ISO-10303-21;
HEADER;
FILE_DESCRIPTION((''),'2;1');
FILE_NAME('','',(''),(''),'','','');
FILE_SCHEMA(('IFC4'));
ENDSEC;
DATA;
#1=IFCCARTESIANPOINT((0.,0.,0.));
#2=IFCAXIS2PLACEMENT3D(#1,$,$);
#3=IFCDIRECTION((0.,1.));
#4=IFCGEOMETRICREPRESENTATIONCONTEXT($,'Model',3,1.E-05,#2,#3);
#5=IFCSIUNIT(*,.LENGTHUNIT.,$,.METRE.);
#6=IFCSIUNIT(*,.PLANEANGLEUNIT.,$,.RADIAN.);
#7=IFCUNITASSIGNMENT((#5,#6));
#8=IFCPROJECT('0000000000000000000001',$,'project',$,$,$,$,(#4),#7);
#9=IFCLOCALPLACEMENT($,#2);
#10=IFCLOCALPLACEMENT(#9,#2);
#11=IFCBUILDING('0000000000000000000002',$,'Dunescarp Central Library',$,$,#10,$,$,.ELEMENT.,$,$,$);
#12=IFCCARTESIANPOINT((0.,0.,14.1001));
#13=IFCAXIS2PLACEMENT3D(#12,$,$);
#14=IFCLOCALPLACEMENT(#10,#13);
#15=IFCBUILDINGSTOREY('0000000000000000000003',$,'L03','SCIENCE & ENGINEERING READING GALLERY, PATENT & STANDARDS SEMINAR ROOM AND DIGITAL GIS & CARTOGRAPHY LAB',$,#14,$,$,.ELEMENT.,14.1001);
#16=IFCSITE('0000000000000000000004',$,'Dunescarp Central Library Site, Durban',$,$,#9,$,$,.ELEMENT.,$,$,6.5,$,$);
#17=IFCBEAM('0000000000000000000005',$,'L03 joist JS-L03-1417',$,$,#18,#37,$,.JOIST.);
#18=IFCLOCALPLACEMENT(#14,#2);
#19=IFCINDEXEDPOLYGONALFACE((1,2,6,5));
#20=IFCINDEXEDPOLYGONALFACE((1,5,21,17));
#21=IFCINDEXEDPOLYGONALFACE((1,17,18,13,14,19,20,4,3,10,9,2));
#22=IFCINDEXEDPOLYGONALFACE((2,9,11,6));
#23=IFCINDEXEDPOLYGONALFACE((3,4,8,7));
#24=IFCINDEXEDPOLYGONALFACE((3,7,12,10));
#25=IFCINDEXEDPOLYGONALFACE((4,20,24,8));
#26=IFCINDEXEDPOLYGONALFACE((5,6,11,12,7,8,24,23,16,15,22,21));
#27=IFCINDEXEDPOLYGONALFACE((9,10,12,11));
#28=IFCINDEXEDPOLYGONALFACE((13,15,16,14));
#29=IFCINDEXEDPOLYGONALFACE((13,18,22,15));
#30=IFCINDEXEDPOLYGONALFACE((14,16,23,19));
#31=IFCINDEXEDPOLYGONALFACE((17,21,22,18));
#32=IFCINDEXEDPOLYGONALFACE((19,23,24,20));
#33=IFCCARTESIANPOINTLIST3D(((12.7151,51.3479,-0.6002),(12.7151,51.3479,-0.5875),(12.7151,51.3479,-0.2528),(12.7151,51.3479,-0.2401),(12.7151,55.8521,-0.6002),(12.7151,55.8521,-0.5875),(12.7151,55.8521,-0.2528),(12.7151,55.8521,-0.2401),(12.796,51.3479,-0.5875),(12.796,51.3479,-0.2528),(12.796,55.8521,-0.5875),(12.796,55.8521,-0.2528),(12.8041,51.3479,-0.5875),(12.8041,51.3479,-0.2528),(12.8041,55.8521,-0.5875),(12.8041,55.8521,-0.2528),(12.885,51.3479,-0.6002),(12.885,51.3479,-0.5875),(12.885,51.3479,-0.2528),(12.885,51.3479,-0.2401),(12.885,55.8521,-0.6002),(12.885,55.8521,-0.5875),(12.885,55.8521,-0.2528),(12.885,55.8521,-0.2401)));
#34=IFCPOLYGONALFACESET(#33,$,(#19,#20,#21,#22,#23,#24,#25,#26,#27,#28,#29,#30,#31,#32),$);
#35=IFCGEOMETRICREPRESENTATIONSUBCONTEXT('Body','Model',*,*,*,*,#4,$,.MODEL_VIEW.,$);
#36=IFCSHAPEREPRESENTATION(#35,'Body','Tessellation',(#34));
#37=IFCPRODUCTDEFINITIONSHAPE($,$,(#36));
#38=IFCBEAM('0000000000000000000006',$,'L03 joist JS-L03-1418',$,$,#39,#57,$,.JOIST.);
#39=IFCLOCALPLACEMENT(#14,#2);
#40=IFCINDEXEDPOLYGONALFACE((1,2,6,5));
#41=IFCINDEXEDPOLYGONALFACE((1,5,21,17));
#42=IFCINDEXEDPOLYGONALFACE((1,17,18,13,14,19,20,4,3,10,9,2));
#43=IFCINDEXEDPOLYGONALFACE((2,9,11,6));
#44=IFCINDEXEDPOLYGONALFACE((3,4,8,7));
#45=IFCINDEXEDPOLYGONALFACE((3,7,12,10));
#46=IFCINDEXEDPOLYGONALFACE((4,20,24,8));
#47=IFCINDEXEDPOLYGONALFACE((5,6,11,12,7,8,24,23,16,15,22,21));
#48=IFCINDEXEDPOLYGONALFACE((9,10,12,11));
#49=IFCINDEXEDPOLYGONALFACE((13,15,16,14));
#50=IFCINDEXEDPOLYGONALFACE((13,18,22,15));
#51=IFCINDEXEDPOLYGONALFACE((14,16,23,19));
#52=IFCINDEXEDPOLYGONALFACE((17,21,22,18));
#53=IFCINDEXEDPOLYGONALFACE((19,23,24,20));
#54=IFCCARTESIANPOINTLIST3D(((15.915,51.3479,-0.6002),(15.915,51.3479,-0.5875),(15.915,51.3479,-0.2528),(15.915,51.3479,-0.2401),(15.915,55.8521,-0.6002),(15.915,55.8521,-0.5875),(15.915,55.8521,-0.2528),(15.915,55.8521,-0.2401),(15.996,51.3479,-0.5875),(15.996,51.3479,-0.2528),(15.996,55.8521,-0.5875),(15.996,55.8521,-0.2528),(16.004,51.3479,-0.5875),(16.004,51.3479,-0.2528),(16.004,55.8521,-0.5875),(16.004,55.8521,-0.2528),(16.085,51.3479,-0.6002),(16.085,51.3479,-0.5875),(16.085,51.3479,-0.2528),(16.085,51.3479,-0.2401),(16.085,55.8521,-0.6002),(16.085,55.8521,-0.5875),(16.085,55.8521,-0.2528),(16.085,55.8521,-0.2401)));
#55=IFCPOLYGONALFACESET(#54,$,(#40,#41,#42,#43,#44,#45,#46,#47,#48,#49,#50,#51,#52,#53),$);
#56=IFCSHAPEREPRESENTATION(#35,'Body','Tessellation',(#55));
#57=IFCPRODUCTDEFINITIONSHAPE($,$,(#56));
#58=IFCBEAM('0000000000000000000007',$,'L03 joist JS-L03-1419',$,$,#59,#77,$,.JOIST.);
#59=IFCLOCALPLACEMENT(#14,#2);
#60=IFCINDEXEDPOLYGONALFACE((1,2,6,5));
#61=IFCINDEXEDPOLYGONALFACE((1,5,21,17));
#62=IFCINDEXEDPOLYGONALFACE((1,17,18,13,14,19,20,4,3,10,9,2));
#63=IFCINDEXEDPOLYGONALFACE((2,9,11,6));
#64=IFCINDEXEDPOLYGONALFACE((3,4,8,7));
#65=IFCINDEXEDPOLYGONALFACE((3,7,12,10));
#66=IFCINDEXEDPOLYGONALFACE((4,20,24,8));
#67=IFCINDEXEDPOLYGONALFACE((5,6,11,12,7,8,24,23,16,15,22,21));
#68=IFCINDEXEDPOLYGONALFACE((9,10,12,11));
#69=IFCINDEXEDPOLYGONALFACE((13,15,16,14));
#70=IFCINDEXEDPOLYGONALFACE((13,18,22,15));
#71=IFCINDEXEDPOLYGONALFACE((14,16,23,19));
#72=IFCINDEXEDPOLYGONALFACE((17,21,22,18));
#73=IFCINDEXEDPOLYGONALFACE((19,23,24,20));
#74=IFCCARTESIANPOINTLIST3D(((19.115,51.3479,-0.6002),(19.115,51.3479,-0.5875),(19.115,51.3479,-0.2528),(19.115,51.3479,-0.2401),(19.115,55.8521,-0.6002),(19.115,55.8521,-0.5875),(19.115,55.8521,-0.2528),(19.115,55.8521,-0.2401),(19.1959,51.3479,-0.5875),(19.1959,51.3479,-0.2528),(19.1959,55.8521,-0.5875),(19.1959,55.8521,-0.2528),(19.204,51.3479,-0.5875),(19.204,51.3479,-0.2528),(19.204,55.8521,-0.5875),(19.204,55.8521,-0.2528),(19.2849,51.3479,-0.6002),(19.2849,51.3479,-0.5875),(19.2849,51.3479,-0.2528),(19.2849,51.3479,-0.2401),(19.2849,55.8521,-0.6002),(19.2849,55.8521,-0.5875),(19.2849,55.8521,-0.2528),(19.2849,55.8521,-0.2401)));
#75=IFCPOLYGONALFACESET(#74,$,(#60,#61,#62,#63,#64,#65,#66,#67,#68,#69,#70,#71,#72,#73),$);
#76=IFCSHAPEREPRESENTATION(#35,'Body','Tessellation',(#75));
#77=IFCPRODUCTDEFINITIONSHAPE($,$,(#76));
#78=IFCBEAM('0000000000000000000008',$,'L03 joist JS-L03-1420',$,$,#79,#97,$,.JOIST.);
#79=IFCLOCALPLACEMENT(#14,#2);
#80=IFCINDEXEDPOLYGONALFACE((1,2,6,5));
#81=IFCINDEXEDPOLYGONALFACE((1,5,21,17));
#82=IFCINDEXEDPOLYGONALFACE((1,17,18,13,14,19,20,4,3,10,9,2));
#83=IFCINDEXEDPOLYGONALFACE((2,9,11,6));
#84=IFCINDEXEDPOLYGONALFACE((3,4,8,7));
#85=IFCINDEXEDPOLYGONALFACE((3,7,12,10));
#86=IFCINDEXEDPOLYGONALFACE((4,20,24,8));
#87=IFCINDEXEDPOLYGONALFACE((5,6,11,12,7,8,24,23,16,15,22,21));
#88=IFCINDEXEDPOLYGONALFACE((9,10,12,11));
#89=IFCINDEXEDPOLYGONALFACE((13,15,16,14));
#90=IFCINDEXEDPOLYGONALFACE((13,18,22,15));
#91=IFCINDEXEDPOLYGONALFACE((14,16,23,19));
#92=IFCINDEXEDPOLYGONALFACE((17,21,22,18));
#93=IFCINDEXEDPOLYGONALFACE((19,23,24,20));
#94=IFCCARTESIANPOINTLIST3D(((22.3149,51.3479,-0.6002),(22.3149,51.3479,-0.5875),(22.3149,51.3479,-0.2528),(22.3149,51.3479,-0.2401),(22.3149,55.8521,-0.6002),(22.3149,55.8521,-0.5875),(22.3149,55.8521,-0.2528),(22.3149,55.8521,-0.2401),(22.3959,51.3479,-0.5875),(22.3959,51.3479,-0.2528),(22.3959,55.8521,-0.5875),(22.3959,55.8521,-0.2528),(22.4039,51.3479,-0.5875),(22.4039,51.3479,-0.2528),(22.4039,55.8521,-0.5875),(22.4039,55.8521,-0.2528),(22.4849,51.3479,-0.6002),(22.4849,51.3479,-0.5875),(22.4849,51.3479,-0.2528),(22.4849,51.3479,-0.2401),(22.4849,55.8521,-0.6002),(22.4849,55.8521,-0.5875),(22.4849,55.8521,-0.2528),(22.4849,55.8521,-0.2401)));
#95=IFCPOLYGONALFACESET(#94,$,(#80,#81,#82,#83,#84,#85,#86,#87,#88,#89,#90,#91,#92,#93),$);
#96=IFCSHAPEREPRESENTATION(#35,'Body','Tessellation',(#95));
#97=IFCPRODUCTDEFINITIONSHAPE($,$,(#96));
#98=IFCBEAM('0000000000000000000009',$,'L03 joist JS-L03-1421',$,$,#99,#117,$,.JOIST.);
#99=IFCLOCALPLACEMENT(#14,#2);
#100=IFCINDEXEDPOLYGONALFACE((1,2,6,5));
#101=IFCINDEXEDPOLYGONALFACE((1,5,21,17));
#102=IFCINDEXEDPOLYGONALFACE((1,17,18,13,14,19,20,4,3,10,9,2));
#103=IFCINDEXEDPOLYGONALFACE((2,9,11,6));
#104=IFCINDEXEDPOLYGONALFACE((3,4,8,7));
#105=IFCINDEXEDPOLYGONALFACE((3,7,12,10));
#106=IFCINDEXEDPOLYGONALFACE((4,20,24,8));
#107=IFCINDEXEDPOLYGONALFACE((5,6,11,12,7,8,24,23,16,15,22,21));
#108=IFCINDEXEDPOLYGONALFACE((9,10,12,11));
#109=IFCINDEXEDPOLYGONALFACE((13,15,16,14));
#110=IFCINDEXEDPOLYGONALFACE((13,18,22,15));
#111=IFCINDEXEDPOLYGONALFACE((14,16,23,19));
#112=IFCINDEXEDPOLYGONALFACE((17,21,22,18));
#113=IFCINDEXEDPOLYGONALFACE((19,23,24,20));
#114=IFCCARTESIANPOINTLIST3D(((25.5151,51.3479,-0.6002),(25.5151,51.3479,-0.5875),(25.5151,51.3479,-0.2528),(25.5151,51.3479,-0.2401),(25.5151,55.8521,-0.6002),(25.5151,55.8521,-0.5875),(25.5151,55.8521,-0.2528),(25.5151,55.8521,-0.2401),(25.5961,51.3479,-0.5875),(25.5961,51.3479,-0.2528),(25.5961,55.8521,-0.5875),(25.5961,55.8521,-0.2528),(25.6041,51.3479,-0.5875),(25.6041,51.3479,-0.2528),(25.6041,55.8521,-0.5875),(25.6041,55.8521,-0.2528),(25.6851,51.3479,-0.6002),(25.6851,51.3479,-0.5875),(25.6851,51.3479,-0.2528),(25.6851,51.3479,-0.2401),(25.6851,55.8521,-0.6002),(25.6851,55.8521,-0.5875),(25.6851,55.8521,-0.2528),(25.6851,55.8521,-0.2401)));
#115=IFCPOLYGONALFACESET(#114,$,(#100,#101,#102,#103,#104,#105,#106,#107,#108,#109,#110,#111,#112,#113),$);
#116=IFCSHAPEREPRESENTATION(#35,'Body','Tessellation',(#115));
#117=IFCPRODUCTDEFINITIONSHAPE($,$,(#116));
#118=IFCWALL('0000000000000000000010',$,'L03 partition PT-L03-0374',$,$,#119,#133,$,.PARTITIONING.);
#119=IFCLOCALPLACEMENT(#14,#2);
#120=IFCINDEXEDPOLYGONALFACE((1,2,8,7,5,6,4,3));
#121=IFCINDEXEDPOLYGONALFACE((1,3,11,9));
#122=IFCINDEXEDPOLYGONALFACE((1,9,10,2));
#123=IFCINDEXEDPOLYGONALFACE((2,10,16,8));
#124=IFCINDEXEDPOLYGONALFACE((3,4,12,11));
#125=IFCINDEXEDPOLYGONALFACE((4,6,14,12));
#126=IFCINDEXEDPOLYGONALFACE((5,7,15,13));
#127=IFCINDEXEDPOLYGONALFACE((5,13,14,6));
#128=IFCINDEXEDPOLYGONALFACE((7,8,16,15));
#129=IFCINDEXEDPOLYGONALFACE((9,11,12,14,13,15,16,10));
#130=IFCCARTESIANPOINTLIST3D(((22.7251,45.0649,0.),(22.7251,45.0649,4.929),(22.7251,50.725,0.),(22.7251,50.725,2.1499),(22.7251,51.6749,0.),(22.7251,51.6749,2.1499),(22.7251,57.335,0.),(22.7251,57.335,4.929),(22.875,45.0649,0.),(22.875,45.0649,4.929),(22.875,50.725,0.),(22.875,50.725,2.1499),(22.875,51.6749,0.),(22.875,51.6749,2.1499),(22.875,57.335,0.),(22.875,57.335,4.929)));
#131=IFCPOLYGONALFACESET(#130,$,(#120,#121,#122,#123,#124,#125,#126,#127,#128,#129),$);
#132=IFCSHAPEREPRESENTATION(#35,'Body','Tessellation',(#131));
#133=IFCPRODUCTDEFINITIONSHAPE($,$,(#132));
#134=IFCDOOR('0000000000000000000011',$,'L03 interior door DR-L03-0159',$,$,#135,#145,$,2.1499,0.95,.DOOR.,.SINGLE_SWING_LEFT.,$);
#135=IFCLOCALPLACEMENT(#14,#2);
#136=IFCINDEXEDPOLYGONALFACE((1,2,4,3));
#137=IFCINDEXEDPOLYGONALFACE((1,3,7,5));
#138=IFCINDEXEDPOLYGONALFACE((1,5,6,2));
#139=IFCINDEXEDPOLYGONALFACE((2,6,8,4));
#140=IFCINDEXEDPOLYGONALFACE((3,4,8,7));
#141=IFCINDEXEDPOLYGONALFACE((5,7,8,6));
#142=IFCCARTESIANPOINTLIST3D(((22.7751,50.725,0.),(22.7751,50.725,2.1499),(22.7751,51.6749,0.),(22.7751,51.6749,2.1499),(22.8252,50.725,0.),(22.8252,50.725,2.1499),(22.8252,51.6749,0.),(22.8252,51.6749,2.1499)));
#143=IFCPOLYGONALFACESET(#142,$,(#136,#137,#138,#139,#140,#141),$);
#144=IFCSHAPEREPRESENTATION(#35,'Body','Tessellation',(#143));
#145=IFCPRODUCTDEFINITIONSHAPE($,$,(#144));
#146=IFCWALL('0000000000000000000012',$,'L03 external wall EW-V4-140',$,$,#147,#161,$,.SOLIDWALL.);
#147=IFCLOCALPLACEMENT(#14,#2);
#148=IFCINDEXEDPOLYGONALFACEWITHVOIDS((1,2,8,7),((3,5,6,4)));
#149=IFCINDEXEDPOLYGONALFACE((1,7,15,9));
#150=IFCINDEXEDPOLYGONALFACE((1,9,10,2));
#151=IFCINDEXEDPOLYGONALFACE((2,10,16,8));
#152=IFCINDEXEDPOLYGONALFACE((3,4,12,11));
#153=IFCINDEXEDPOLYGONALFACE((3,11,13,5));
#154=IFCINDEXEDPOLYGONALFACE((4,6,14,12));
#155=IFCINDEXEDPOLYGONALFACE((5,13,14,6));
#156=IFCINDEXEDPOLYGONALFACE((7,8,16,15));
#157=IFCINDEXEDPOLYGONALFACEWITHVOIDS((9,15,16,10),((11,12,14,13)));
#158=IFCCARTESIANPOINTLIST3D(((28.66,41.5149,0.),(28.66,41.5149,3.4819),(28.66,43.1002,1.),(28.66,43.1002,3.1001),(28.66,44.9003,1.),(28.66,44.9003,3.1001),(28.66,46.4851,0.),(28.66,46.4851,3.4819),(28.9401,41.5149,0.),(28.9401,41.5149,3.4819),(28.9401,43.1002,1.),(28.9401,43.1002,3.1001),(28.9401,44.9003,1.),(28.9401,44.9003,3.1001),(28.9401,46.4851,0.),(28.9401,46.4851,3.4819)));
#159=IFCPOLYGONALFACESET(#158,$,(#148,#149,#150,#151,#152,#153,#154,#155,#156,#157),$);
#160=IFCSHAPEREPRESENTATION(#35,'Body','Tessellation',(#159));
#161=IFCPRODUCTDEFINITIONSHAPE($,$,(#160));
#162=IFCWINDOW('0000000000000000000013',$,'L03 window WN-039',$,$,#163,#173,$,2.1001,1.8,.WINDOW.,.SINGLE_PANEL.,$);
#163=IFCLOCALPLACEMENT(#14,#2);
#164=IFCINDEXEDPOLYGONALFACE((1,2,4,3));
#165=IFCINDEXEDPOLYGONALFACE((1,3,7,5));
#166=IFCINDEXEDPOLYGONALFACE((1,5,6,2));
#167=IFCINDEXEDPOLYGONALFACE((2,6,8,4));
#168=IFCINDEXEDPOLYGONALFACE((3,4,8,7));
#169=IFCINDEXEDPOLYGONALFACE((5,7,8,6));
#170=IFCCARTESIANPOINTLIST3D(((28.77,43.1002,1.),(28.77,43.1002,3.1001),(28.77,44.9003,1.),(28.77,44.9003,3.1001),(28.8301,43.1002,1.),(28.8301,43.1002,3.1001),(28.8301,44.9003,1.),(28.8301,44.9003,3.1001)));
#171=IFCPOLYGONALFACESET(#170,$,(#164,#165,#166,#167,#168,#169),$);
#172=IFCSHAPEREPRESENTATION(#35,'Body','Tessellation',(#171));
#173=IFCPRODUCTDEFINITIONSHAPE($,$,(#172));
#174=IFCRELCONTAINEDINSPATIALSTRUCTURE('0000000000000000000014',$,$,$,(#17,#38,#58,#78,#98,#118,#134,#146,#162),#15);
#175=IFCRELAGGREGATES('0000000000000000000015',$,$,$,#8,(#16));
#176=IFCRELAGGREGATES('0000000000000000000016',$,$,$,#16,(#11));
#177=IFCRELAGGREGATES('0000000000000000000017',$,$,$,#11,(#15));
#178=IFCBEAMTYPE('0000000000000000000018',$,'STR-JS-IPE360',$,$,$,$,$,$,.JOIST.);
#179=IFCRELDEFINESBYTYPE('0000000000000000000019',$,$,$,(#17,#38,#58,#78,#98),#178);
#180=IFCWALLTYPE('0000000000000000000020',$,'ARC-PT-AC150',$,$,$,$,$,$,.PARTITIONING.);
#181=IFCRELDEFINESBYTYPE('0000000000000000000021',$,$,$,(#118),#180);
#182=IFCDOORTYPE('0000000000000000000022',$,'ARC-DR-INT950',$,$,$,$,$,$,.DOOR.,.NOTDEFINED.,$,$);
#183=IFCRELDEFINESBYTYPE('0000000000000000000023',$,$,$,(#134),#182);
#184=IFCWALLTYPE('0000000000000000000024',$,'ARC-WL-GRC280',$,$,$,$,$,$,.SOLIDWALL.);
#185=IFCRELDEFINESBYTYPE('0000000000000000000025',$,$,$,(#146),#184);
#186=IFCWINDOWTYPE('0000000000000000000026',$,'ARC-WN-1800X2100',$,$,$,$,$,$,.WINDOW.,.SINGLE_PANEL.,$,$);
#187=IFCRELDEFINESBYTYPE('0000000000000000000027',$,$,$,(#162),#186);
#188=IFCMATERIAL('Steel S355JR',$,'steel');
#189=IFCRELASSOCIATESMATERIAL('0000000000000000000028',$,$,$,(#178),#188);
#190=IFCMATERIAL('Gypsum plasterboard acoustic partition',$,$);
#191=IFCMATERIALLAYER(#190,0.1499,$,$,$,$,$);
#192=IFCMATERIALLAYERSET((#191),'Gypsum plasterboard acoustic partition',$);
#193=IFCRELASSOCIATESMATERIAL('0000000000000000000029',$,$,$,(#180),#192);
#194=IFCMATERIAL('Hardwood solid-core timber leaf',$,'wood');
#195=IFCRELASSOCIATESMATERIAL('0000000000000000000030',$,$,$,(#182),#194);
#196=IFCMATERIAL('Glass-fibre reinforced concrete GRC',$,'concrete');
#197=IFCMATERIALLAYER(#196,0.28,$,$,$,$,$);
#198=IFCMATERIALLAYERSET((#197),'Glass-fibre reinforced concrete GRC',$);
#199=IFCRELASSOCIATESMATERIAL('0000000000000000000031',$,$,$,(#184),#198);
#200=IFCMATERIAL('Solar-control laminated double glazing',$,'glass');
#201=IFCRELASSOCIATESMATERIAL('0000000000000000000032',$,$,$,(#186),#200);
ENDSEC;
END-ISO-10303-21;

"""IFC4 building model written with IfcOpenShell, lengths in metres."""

from ifc_helpers import new_model, si_unit, direction, frame, frame_2d, origin, origin_2d, place, context, subcontext, project, spatial, rectangle, i_section, extrude, material, layer, layer_set, material_profile, profile_set, type_object, element, fill, save


model = new_model("IFC4")

# Units and contexts
model_context = context("Model", 3, precision=1e-05, world=origin(), true_north=direction((0.0, 1.0)))
body_context = subcontext(model_context, "Body", "Model", "MODEL_VIEW")
ifc_project = project(units=[si_unit("LENGTHUNIT", "METRE"), si_unit("PLANEANGLEUNIT", "RADIAN")], contexts=[model_context])

# Site, building, storey
site_placement = place(None, origin())
site = spatial("IfcSite", under=ifc_project, at=site_placement, Name="Dunescarp Central Library Site, Durban", CompositionType="ELEMENT", RefElevation=6.5)
building_placement = place(site_placement, origin())
building = spatial("IfcBuilding", under=site, at=building_placement, Name="Dunescarp Central Library", CompositionType="ELEMENT")
storey_placement = place(building_placement, frame((0.0, 0.0, 14.1001)))
storey = spatial("IfcBuildingStorey", under=building, at=storey_placement, Name="L03", Description="SCIENCE & ENGINEERING READING GALLERY, PATENT & STANDARDS SEMINAR ROOM AND DIGITAL GIS & CARTOGRAPHY LAB", CompositionType="ELEMENT", Elevation=14.1001)

# Shared definitions
ifc_material_1 = material(Name="Steel S355JR", Category="steel")

# Beams
ifc_material_profile_1 = material_profile(ifc_material_1, i_section(OverallWidth=0.1699, OverallDepth=0.3601, WebThickness=0.0081, FlangeThickness=0.0127, at=origin_2d()), Name="IPE 360")
ifc_profile_set_1 = profile_set([ifc_material_profile_1], Name="Steel S355JR")
beam_type_1 = type_object("IfcBeamType", Name="STR-JS-IPE360", PredefinedType="JOIST", material=ifc_profile_set_1)
for number, where, z_axis, x_axis, name in (
    (1, (12.8, 51.3479, -0.4202), (0.0, 1.0, 0.0), (-1.0, 0.0, 0.0), "L03 joist JS-L03-1417"),
    (2, (16.0, 51.3479, -0.4202), (0.0, 1.0, 0.0), (-1.0, 0.0, 0.0), "L03 joist JS-L03-1418"),
    (3, (19.2, 51.3479, -0.4202), (0.0, 1.0, 0.0), (-1.0, 0.0, 0.0), "L03 joist JS-L03-1419"),
    (4, (22.3999, 51.3479, -0.4202), (0.0, 1.0, 0.0), (-1.0, 0.0, 0.0), "L03 joist JS-L03-1420"),
    (5, (25.6001, 51.3479, -0.4202), (0.0, 1.0, 0.0), (-1.0, 0.0, 0.0), "L03 joist JS-L03-1421"),
):
    element("IfcBeam", number, at=place(storey_placement, frame(where, z_axis=z_axis, x_axis=x_axis)), inside=storey, type_object=beam_type_1, Name=name, PredefinedType="JOIST", context=body_context, shape_type="SweptSolid", body=[
        extrude(i_section(OverallWidth=0.1699, OverallDepth=0.3601, WebThickness=0.0081, FlangeThickness=0.0127, at=origin_2d()), origin(), (0.0, 0.0, 1.0), 4.5042),
    ])

# Wall, opening, door
ifc_material_2 = material(Name="Gypsum plasterboard acoustic partition")
ifc_layer_1 = layer(ifc_material_2, 0.1499)
ifc_layer_set_1 = layer_set([ifc_layer_1], Name="Gypsum plasterboard acoustic partition")
wall_type_1 = type_object("IfcWallType", Name="ARC-PT-AC150", PredefinedType="PARTITIONING", material=ifc_layer_set_1)
wall_1_placement = place(storey_placement, frame((22.8, 45.0649, 0.0), z_axis=(0.0, 0.0, 1.0), x_axis=(0.0, 1.0, 0.0)))
wall_1 = element("IfcWall", 6, at=wall_1_placement, inside=storey, type_object=wall_type_1, Name="L03 partition PT-L03-0374", PredefinedType="PARTITIONING", context=body_context, shape_type="SweptSolid", body=[
    extrude(rectangle(XDim=12.27, YDim=0.1499, at=frame_2d((6.135, 0.0))), origin(), (0.0, 0.0, 1.0), 4.929),
])
opening_1_placement = place(wall_1_placement, frame((5.6599, 0.0, 0.0)))
opening_1 = element("IfcOpeningElement", 7, at=opening_1_placement, cuts=wall_1, PredefinedType="OPENING", context=body_context, shape_type="SweptSolid", body=[
    extrude(rectangle(XDim=0.95, YDim=2.1499, at=frame_2d((0.4751, 1.075))), frame((0.0, 0.085, 0.0), z_axis=(0.0, -1.0, 0.0), x_axis=(1.0, 0.0, 0.0)), (0.0, 0.0, 1.0), 0.1699),
])
ifc_material_3 = material(Name="Hardwood solid-core timber leaf", Category="wood")
door_type = type_object("IfcDoorType", Name="ARC-DR-INT950", OperationType="NOTDEFINED", PredefinedType="DOOR", material=ifc_material_3)
door_placement = place(opening_1_placement, origin())
door = element("IfcDoor", 8, at=door_placement, inside=storey, type_object=door_type, Name="L03 interior door DR-L03-0159", OperationType="SINGLE_SWING_LEFT", OverallHeight=2.1499, OverallWidth=0.95, PredefinedType="DOOR", context=body_context, shape_type="SweptSolid", body=[
    extrude(rectangle(XDim=0.95, YDim=2.1499, at=frame_2d((0.4751, 1.075))), frame((0.0, 0.0249, 0.0), z_axis=(0.0, -1.0, 0.0), x_axis=(1.0, 0.0, 0.0)), (0.0, 0.0, 1.0), 0.05),
])
fill(opening_1, door)

# Wall, opening, window
ifc_material_4 = material(Name="Glass-fibre reinforced concrete GRC", Category="concrete")
ifc_layer_2 = layer(ifc_material_4, 0.28)
ifc_layer_set_2 = layer_set([ifc_layer_2], Name="Glass-fibre reinforced concrete GRC")
wall_type_2 = type_object("IfcWallType", Name="ARC-WL-GRC280", PredefinedType="SOLIDWALL", material=ifc_layer_set_2)
wall_2_placement = place(storey_placement, frame((28.8, 46.4851, 0.0), z_axis=(0.0, 0.0, 1.0), x_axis=(0.0, -1.0, 0.0)))
wall_2 = element("IfcWall", 9, at=wall_2_placement, inside=storey, type_object=wall_type_2, Name="L03 external wall EW-V4-140", PredefinedType="SOLIDWALL", context=body_context, shape_type="SweptSolid", body=[
    extrude(rectangle(XDim=4.9702, YDim=0.28, at=frame_2d((2.4851, 0.0))), origin(), (0.0, 0.0, 1.0), 3.4819),
])
opening_2_placement = place(wall_2_placement, frame((1.585, 0.0, 1.0)))
opening_2 = element("IfcOpeningElement", 10, at=opening_2_placement, cuts=wall_2, PredefinedType="OPENING", context=body_context, shape_type="SweptSolid", body=[
    extrude(rectangle(XDim=1.8, YDim=2.1001, at=frame_2d((0.8999, 1.05))), frame((0.0, 0.1499, 0.0), z_axis=(0.0, -1.0, 0.0), x_axis=(1.0, 0.0, 0.0)), (0.0, 0.0, 1.0), 0.3),
])
ifc_material_5 = material(Name="Solar-control laminated double glazing", Category="glass")
window_type = type_object("IfcWindowType", Name="ARC-WN-1800X2100", PartitioningType="SINGLE_PANEL", PredefinedType="WINDOW", material=ifc_material_5)
window_1_placement = place(opening_2_placement, origin())
window_1 = element("IfcWindow", 11, at=window_1_placement, inside=storey, type_object=window_type, Name="L03 window WN-039", OverallHeight=2.1001, OverallWidth=1.8, PartitioningType="SINGLE_PANEL", PredefinedType="WINDOW", context=body_context, shape_type="SweptSolid", body=[
    extrude(rectangle(XDim=1.8, YDim=2.1001, at=frame_2d((0.8999, 1.05))), frame((0.0, 0.03, 0.0), z_axis=(0.0, -1.0, 0.0), x_axis=(1.0, 0.0, 0.0)), (0.0, 0.0, 1.0), 0.0601),
])
fill(opening_2, window_1)

save(model, "model.ifc")
